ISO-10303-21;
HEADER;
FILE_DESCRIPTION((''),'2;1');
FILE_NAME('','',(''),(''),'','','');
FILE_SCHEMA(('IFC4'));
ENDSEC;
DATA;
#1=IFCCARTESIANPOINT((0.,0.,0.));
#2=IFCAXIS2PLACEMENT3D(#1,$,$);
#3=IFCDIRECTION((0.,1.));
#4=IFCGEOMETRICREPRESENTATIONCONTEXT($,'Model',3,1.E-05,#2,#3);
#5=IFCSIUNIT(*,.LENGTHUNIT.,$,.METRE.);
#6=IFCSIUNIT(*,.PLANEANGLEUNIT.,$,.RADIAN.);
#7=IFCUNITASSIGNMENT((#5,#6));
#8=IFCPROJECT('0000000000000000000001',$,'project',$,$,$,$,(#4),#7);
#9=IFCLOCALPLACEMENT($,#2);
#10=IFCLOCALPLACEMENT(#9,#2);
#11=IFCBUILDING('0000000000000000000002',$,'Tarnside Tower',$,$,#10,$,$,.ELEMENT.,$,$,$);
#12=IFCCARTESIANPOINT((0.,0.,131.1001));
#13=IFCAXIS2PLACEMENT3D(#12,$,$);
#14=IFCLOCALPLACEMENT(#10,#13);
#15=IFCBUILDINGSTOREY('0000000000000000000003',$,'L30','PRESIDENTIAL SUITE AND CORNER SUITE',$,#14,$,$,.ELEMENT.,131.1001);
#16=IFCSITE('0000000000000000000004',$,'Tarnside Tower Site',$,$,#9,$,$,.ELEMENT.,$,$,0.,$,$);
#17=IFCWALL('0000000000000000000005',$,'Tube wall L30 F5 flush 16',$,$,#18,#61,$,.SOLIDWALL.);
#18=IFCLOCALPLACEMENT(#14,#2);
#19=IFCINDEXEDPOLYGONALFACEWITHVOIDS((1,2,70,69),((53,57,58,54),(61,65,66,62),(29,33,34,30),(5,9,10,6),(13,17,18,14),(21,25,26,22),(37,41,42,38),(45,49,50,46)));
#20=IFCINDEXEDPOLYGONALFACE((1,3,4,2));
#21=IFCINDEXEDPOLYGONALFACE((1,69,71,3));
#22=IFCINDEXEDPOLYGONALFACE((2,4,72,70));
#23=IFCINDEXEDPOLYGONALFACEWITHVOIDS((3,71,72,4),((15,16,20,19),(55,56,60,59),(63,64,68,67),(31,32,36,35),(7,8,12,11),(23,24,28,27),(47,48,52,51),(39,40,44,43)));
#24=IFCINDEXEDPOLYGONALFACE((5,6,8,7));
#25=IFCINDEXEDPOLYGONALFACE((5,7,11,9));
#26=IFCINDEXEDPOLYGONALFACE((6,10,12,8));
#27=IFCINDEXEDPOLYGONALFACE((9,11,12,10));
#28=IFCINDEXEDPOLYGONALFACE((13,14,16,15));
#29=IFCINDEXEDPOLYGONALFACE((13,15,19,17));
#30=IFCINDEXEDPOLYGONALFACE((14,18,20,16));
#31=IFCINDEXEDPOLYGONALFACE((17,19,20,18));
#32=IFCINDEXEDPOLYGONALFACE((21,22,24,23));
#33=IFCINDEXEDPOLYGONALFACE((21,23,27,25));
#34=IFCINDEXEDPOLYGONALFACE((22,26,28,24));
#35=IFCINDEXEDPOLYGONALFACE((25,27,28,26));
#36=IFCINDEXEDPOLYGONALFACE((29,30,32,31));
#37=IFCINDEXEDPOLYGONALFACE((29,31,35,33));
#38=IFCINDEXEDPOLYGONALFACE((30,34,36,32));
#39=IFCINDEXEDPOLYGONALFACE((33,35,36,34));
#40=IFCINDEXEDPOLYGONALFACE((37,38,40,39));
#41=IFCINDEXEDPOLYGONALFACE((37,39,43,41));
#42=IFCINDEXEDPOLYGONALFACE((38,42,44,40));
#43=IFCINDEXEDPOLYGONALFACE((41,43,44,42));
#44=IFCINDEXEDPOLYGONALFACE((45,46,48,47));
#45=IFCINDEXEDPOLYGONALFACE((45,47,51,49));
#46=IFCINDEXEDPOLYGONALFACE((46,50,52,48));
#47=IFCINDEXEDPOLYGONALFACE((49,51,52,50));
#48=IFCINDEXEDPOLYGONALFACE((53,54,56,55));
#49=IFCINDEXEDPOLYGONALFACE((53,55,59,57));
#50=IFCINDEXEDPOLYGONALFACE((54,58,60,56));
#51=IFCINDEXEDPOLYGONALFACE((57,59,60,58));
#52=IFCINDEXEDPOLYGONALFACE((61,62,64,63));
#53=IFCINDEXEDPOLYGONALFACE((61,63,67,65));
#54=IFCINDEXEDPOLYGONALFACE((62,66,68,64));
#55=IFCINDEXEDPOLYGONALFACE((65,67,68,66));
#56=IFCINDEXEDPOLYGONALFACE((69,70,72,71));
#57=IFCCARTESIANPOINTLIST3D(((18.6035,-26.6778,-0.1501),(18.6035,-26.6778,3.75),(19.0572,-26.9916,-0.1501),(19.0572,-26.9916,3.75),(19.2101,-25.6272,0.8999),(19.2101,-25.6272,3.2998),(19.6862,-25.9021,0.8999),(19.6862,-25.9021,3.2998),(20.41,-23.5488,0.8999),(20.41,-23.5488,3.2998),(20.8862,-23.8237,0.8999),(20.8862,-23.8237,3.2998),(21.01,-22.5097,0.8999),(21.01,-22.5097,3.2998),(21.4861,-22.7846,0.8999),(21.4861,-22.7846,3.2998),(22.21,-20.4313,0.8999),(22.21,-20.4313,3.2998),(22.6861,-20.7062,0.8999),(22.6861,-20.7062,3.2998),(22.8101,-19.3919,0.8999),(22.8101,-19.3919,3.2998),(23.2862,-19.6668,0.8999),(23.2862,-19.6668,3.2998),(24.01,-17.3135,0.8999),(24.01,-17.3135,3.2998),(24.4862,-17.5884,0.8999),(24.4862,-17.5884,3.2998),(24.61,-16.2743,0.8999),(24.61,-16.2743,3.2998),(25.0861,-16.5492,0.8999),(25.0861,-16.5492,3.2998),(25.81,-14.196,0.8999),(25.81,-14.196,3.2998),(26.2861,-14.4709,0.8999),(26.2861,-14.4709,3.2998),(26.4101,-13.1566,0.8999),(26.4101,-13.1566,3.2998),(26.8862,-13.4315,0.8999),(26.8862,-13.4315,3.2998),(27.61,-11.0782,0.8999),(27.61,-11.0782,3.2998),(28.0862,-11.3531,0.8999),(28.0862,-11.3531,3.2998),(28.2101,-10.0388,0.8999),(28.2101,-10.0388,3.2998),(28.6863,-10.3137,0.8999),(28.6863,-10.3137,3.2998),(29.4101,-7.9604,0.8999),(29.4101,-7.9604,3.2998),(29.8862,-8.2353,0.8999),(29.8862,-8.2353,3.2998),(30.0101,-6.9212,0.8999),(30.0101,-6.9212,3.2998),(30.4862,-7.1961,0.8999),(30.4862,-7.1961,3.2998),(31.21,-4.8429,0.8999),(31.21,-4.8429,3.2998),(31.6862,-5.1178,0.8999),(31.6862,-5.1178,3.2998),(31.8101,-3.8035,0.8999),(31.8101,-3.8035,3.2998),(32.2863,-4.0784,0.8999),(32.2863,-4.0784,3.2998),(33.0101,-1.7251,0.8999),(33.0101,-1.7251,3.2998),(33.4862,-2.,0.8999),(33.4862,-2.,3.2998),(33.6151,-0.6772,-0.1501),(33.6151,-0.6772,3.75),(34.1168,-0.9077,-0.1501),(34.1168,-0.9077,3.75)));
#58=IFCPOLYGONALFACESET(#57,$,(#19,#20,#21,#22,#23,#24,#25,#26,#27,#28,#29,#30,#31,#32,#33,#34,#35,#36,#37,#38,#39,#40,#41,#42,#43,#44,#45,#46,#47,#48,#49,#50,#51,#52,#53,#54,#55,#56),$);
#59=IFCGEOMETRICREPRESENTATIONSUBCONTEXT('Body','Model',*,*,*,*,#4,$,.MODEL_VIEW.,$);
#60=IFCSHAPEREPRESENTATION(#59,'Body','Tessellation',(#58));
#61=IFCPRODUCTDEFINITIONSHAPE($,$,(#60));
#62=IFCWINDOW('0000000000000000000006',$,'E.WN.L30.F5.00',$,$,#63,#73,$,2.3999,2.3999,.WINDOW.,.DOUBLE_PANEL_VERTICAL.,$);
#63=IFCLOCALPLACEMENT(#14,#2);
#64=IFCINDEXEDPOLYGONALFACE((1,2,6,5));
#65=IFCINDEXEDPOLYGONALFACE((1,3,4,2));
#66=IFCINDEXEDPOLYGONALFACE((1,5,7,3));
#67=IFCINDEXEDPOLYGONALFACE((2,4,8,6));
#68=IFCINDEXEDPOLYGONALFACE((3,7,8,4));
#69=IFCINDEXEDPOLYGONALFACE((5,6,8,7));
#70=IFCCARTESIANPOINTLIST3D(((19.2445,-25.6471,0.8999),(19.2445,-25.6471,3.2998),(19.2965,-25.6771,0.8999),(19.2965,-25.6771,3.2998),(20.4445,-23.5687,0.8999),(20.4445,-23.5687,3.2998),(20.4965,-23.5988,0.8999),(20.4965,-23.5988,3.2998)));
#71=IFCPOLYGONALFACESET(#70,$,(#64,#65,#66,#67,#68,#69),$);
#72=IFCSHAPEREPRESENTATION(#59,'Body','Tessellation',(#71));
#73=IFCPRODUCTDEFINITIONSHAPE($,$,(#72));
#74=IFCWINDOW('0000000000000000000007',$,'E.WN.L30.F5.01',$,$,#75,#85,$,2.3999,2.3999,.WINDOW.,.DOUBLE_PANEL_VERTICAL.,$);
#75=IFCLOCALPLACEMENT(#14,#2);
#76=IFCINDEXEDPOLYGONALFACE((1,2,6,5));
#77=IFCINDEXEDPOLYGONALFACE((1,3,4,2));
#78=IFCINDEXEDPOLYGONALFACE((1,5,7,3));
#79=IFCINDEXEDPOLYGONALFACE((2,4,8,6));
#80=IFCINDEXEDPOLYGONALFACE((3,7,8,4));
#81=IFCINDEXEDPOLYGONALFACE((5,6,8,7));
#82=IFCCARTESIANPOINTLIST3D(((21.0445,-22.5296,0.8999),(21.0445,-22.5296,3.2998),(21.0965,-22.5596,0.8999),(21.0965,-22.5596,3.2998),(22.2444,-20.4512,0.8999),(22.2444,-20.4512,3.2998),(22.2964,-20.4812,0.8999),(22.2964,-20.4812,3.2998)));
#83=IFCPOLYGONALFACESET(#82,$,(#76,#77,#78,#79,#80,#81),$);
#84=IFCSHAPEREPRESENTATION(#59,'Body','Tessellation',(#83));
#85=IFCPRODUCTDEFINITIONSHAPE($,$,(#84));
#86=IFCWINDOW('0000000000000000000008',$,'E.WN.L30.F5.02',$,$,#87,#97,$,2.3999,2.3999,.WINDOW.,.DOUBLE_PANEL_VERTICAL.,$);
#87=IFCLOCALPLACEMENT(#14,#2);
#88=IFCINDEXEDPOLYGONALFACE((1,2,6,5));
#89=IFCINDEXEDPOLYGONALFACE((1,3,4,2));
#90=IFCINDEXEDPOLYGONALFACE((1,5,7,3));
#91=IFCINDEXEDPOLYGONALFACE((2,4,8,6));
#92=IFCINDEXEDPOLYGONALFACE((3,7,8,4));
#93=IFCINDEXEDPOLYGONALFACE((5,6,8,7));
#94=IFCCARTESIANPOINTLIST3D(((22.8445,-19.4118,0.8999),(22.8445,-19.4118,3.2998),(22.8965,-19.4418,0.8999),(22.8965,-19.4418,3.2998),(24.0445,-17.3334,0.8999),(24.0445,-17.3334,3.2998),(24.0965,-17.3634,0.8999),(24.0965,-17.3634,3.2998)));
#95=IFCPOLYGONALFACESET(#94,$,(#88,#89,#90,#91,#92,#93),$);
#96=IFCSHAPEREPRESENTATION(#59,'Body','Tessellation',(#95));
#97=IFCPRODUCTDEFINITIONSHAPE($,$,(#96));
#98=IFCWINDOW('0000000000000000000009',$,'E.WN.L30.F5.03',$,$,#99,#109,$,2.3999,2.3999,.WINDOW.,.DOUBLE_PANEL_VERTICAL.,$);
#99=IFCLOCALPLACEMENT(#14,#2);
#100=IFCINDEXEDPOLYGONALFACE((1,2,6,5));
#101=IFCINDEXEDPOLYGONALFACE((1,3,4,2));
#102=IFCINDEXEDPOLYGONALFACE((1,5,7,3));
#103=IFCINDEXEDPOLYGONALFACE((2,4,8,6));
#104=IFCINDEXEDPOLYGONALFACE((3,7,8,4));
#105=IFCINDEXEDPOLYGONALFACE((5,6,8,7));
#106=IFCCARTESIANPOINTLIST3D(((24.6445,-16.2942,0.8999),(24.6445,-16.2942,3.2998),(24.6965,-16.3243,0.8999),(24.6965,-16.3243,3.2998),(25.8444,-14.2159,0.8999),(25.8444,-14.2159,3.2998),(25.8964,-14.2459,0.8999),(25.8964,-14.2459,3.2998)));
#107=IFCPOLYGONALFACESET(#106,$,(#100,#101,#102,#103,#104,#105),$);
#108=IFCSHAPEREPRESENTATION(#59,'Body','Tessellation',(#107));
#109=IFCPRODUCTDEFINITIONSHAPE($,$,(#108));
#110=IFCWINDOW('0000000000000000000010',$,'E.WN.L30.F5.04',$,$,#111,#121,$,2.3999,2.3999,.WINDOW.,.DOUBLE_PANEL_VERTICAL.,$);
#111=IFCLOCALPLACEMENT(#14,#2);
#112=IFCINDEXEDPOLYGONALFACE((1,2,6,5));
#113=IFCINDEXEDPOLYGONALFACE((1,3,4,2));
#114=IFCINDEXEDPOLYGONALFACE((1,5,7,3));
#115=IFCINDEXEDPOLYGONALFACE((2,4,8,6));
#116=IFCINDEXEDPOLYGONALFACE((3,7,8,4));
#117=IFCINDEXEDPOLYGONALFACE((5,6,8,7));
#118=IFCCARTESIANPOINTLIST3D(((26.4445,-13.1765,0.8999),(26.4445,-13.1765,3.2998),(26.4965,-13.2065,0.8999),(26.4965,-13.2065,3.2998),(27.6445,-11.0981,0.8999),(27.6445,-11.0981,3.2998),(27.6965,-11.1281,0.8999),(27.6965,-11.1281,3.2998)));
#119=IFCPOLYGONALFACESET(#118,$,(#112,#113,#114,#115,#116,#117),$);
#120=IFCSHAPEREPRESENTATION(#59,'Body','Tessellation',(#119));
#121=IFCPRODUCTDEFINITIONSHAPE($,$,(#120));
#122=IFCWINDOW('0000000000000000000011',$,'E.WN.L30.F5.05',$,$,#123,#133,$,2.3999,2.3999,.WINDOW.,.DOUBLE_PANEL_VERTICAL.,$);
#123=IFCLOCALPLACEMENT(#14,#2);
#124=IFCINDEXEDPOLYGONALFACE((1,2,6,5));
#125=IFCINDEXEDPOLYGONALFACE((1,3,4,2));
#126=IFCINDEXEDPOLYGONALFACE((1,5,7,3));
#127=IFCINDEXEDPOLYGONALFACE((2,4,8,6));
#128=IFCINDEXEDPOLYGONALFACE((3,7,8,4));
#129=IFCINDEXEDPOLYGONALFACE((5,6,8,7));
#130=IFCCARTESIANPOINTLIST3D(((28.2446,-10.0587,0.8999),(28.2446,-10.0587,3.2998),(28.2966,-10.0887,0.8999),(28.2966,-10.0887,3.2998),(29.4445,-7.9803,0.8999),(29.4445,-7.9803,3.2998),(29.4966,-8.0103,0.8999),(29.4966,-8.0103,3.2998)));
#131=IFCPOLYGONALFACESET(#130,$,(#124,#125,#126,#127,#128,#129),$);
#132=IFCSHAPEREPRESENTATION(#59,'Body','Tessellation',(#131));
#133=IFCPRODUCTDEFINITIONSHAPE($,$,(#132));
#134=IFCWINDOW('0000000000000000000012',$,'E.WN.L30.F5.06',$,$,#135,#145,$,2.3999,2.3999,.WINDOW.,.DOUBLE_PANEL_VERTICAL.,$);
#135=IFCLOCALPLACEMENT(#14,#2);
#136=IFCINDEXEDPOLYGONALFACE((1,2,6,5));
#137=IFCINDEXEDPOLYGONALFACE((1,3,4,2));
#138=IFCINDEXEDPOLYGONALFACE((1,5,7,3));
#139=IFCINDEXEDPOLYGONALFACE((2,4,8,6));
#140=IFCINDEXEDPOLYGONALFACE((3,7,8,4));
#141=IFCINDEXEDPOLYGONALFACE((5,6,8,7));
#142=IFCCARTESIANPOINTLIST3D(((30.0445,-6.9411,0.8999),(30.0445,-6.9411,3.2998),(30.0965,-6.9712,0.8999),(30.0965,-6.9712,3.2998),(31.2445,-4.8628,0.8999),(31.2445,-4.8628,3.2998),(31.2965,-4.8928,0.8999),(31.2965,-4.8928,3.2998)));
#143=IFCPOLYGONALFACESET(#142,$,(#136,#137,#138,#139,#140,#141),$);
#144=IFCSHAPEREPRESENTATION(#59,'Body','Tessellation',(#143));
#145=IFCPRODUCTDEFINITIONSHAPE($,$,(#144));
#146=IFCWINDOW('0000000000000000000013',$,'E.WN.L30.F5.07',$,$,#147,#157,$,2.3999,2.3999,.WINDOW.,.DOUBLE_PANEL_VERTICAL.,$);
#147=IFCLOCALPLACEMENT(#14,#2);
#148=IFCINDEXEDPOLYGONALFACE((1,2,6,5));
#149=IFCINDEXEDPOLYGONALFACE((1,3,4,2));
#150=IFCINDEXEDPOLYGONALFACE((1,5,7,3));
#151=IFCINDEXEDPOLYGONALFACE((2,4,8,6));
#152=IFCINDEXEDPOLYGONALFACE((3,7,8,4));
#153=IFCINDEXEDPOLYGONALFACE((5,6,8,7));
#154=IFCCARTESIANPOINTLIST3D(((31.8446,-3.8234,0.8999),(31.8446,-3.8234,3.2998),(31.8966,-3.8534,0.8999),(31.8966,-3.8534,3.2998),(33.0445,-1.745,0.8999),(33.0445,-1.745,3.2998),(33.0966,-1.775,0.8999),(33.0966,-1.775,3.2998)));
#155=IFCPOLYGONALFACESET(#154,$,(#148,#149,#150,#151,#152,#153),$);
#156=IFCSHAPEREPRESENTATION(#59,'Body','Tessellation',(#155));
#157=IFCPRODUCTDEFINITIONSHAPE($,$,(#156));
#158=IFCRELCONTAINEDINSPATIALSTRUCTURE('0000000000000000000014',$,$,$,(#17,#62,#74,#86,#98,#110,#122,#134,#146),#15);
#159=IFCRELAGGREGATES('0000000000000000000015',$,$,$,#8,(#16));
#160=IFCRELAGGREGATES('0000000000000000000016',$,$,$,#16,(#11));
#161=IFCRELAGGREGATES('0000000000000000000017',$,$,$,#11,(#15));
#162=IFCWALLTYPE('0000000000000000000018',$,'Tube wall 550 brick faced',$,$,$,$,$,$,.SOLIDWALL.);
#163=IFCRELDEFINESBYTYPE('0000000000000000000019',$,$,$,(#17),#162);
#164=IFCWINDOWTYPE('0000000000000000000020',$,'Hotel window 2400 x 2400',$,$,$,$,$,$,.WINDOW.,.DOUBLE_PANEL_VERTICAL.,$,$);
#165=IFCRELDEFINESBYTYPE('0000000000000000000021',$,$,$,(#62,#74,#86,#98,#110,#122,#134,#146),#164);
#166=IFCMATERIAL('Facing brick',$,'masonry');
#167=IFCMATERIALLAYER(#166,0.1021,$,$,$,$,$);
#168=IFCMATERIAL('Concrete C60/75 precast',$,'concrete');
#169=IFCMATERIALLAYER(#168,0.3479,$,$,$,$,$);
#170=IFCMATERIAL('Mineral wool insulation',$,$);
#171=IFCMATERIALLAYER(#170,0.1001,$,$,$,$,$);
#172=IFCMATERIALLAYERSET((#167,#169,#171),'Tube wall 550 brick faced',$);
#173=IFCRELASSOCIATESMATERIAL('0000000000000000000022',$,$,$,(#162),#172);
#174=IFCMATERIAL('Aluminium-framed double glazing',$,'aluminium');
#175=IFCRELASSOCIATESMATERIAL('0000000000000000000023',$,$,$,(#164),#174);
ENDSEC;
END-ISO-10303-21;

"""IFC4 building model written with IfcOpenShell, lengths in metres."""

from ifc_helpers import new_model, si_unit, direction, frame, frame_2d, origin, place, context, subcontext, project, spatial, polyline, rectangle, outline, extrude, material, layer, layer_set, type_object, element, fill, save


model = new_model("IFC4")

# Units and contexts
model_context = context("Model", 3, precision=1e-05, world=origin(), true_north=direction((0.0, 1.0)))
body_context = subcontext(model_context, "Body", "Model", "MODEL_VIEW")
ifc_project = project(units=[si_unit("LENGTHUNIT", "METRE"), si_unit("PLANEANGLEUNIT", "RADIAN")], contexts=[model_context])

# Site, building, storey
site_placement = place(None, origin())
site = spatial("IfcSite", under=ifc_project, at=site_placement, Name="Tarnside Tower Site", CompositionType="ELEMENT", RefElevation=0.0)
building_placement = place(site_placement, origin())
building = spatial("IfcBuilding", under=site, at=building_placement, Name="Tarnside Tower", CompositionType="ELEMENT")
storey_placement = place(building_placement, frame((0.0, 0.0, 131.1001)))
storey = spatial("IfcBuildingStorey", under=building, at=storey_placement, Name="L30", Description="PRESIDENTIAL SUITE AND CORNER SUITE", CompositionType="ELEMENT", Elevation=131.1001)

# Shared definitions
ifc_material_1 = material(Name="Facing brick", Category="masonry")
ifc_layer_1 = layer(ifc_material_1, 0.1021)
ifc_material_2 = material(Name="Concrete C60/75 precast", Category="concrete")
ifc_layer_2 = layer(ifc_material_2, 0.3479)
ifc_material_3 = material(Name="Mineral wool insulation")
ifc_layer_3 = layer(ifc_material_3, 0.1001)
ifc_layer_set_1 = layer_set([ifc_layer_1, ifc_layer_2, ifc_layer_3], Name="Tube wall 550 brick faced")
wall_type_1 = type_object("IfcWallType", Name="Tube wall 550 brick faced", PredefinedType="SOLIDWALL", material=ifc_layer_set_1)

# Wall, openings, windows
wall_1_placement = place(storey_placement, frame((18.8303, -26.8347, -0.1501), z_axis=(0.0, 0.0, 1.0), x_axis=(0.500004, 0.866023, 0.0)))
wall_1 = element("IfcWall", 1, at=wall_1_placement, inside=storey, type_object=wall_type_1, Name="Tube wall L30 F5 flush 16", PredefinedType="SOLIDWALL", context=body_context, shape_type="SweptSolid", body=[
    extrude(outline(polyline([(-0.0225, -0.2749), (30.0967, -0.2749), (30.0454, 0.2749), (0.0225, 0.2749), (-0.0225, -0.2749)])), origin(), (0.0, 0.0, 1.0), 3.9001),
])
opening_1_placement = place(wall_1_placement, frame((1.2356, 0.0, 1.05)))
opening_1 = element("IfcOpeningElement", 2, at=opening_1_placement, cuts=wall_1, PredefinedType="OPENING", context=body_context, shape_type="SweptSolid", body=[
    extrude(rectangle(XDim=2.3999, YDim=2.3999, at=frame_2d((1.2, 1.2))), frame((0.0, 0.2852, 0.0), z_axis=(0.0, -1.0, 0.0), x_axis=(1.0, 0.0, 0.0)), (0.0, 0.0, 1.0), 0.5701),
])
opening_2_placement = place(wall_1_placement, frame((4.8354, 0.0, 1.05)))
opening_2 = element("IfcOpeningElement", 3, at=opening_2_placement, cuts=wall_1, PredefinedType="OPENING", context=body_context, shape_type="SweptSolid", body=[
    extrude(rectangle(XDim=2.3999, YDim=2.3999, at=frame_2d((1.2, 1.2))), frame((0.0, 0.2852, 0.0), z_axis=(0.0, -1.0, 0.0), x_axis=(1.0, 0.0, 0.0)), (0.0, 0.0, 1.0), 0.5701),
])
opening_3_placement = place(wall_1_placement, frame((8.4355, 0.0, 1.05)))
opening_3 = element("IfcOpeningElement", 4, at=opening_3_placement, cuts=wall_1, PredefinedType="OPENING", context=body_context, shape_type="SweptSolid", body=[
    extrude(rectangle(XDim=2.3999, YDim=2.3999, at=frame_2d((1.2, 1.2))), frame((0.0, 0.2852, 0.0), z_axis=(0.0, -1.0, 0.0), x_axis=(1.0, 0.0, 0.0)), (0.0, 0.0, 1.0), 0.5701),
])
opening_4_placement = place(wall_1_placement, frame((12.0354, 0.0, 1.05)))
opening_4 = element("IfcOpeningElement", 5, at=opening_4_placement, cuts=wall_1, PredefinedType="OPENING", context=body_context, shape_type="SweptSolid", body=[
    extrude(rectangle(XDim=2.3999, YDim=2.3999, at=frame_2d((1.2, 1.2))), frame((0.0, 0.2852, 0.0), z_axis=(0.0, -1.0, 0.0), x_axis=(1.0, 0.0, 0.0)), (0.0, 0.0, 1.0), 0.5701),
])
opening_5_placement = place(wall_1_placement, frame((15.6355, 0.0, 1.05)))
opening_5 = element("IfcOpeningElement", 6, at=opening_5_placement, cuts=wall_1, PredefinedType="OPENING", context=body_context, shape_type="SweptSolid", body=[
    extrude(rectangle(XDim=2.3999, YDim=2.3999, at=frame_2d((1.2, 1.2))), frame((0.0, 0.2852, 0.0), z_axis=(0.0, -1.0, 0.0), x_axis=(1.0, 0.0, 0.0)), (0.0, 0.0, 1.0), 0.5701),
])
opening_6_placement = place(wall_1_placement, frame((19.2356, 0.0, 1.05)))
opening_6 = element("IfcOpeningElement", 7, at=opening_6_placement, cuts=wall_1, PredefinedType="OPENING", context=body_context, shape_type="SweptSolid", body=[
    extrude(rectangle(XDim=2.3999, YDim=2.3999, at=frame_2d((1.2, 1.2))), frame((0.0, 0.2852, 0.0), z_axis=(0.0, -1.0, 0.0), x_axis=(1.0, 0.0, 0.0)), (0.0, 0.0, 1.0), 0.5701),
])
opening_7_placement = place(wall_1_placement, frame((22.8354, 0.0, 1.05)))
opening_7 = element("IfcOpeningElement", 8, at=opening_7_placement, cuts=wall_1, PredefinedType="OPENING", context=body_context, shape_type="SweptSolid", body=[
    extrude(rectangle(XDim=2.3999, YDim=2.3999, at=frame_2d((1.2, 1.2))), frame((0.0, 0.2852, 0.0), z_axis=(0.0, -1.0, 0.0), x_axis=(1.0, 0.0, 0.0)), (0.0, 0.0, 1.0), 0.5701),
])
opening_8_placement = place(wall_1_placement, frame((26.4355, 0.0, 1.05)))
opening_8 = element("IfcOpeningElement", 9, at=opening_8_placement, cuts=wall_1, PredefinedType="OPENING", context=body_context, shape_type="SweptSolid", body=[
    extrude(rectangle(XDim=2.3999, YDim=2.3999, at=frame_2d((1.2, 1.2))), frame((0.0, 0.2852, 0.0), z_axis=(0.0, -1.0, 0.0), x_axis=(1.0, 0.0, 0.0)), (0.0, 0.0, 1.0), 0.5701),
])
ifc_material_4 = material(Name="Aluminium-framed double glazing", Category="aluminium")
window_type = type_object("IfcWindowType", Name="Hotel window 2400 x 2400", PartitioningType="DOUBLE_PANEL_VERTICAL", PredefinedType="WINDOW", material=ifc_material_4)
window_1_placement = place(opening_1_placement, frame((0.0, 0.2051, 0.0)))
window_1 = element("IfcWindow", 10, at=window_1_placement, inside=storey, type_object=window_type, Name="E.WN.L30.F5.00", OverallHeight=2.3999, OverallWidth=2.3999, PartitioningType="DOUBLE_PANEL_VERTICAL", PredefinedType="WINDOW", context=body_context, shape_type="SweptSolid", body=[
    extrude(rectangle(XDim=2.3999, YDim=2.3999, at=frame_2d((1.2, 1.2))), frame((0.0, 0.03, 0.0), z_axis=(0.0, -1.0, 0.0), x_axis=(1.0, 0.0, 0.0)), (0.0, 0.0, 1.0), 0.0601),
])
fill(opening_1, window_1)
window_2_placement = place(opening_2_placement, frame((0.0, 0.2051, 0.0)))
window_2 = element("IfcWindow", 11, at=window_2_placement, inside=storey, type_object=window_type, Name="E.WN.L30.F5.01", OverallHeight=2.3999, OverallWidth=2.3999, PartitioningType="DOUBLE_PANEL_VERTICAL", PredefinedType="WINDOW", context=body_context, shape_type="SweptSolid", body=[
    extrude(rectangle(XDim=2.3999, YDim=2.3999, at=frame_2d((1.2, 1.2))), frame((0.0, 0.03, 0.0), z_axis=(0.0, -1.0, 0.0), x_axis=(1.0, 0.0, 0.0)), (0.0, 0.0, 1.0), 0.0601),
])
fill(opening_2, window_2)
window_3_placement = place(opening_3_placement, frame((0.0, 0.2051, 0.0)))
window_3 = element("IfcWindow", 12, at=window_3_placement, inside=storey, type_object=window_type, Name="E.WN.L30.F5.02", OverallHeight=2.3999, OverallWidth=2.3999, PartitioningType="DOUBLE_PANEL_VERTICAL", PredefinedType="WINDOW", context=body_context, shape_type="SweptSolid", body=[
    extrude(rectangle(XDim=2.3999, YDim=2.3999, at=frame_2d((1.2, 1.2))), frame((0.0, 0.03, 0.0), z_axis=(0.0, -1.0, 0.0), x_axis=(1.0, 0.0, 0.0)), (0.0, 0.0, 1.0), 0.0601),
])
fill(opening_3, window_3)
window_4_placement = place(opening_4_placement, frame((0.0, 0.2051, 0.0)))
window_4 = element("IfcWindow", 13, at=window_4_placement, inside=storey, type_object=window_type, Name="E.WN.L30.F5.03", OverallHeight=2.3999, OverallWidth=2.3999, PartitioningType="DOUBLE_PANEL_VERTICAL", PredefinedType="WINDOW", context=body_context, shape_type="SweptSolid", body=[
    extrude(rectangle(XDim=2.3999, YDim=2.3999, at=frame_2d((1.2, 1.2))), frame((0.0, 0.03, 0.0), z_axis=(0.0, -1.0, 0.0), x_axis=(1.0, 0.0, 0.0)), (0.0, 0.0, 1.0), 0.0601),
])
fill(opening_4, window_4)
window_5_placement = place(opening_5_placement, frame((0.0, 0.2051, 0.0)))
window_5 = element("IfcWindow", 14, at=window_5_placement, inside=storey, type_object=window_type, Name="E.WN.L30.F5.04", OverallHeight=2.3999, OverallWidth=2.3999, PartitioningType="DOUBLE_PANEL_VERTICAL", PredefinedType="WINDOW", context=body_context, shape_type="SweptSolid", body=[
    extrude(rectangle(XDim=2.3999, YDim=2.3999, at=frame_2d((1.2, 1.2))), frame((0.0, 0.03, 0.0), z_axis=(0.0, -1.0, 0.0), x_axis=(1.0, 0.0, 0.0)), (0.0, 0.0, 1.0), 0.0601),
])
fill(opening_5, window_5)
window_6_placement = place(opening_6_placement, frame((0.0, 0.2051, 0.0)))
window_6 = element("IfcWindow", 15, at=window_6_placement, inside=storey, type_object=window_type, Name="E.WN.L30.F5.05", OverallHeight=2.3999, OverallWidth=2.3999, PartitioningType="DOUBLE_PANEL_VERTICAL", PredefinedType="WINDOW", context=body_context, shape_type="SweptSolid", body=[
    extrude(rectangle(XDim=2.3999, YDim=2.3999, at=frame_2d((1.2, 1.2))), frame((0.0, 0.03, 0.0), z_axis=(0.0, -1.0, 0.0), x_axis=(1.0, 0.0, 0.0)), (0.0, 0.0, 1.0), 0.0601),
])
fill(opening_6, window_6)
window_7_placement = place(opening_7_placement, frame((0.0, 0.2051, 0.0)))
window_7 = element("IfcWindow", 16, at=window_7_placement, inside=storey, type_object=window_type, Name="E.WN.L30.F5.06", OverallHeight=2.3999, OverallWidth=2.3999, PartitioningType="DOUBLE_PANEL_VERTICAL", PredefinedType="WINDOW", context=body_context, shape_type="SweptSolid", body=[
    extrude(rectangle(XDim=2.3999, YDim=2.3999, at=frame_2d((1.2, 1.2))), frame((0.0, 0.03, 0.0), z_axis=(0.0, -1.0, 0.0), x_axis=(1.0, 0.0, 0.0)), (0.0, 0.0, 1.0), 0.0601),
])
fill(opening_7, window_7)
window_8_placement = place(opening_8_placement, frame((0.0, 0.2051, 0.0)))
window_8 = element("IfcWindow", 17, at=window_8_placement, inside=storey, type_object=window_type, Name="E.WN.L30.F5.07", OverallHeight=2.3999, OverallWidth=2.3999, PartitioningType="DOUBLE_PANEL_VERTICAL", PredefinedType="WINDOW", context=body_context, shape_type="SweptSolid", body=[
    extrude(rectangle(XDim=2.3999, YDim=2.3999, at=frame_2d((1.2, 1.2))), frame((0.0, 0.03, 0.0), z_axis=(0.0, -1.0, 0.0), x_axis=(1.0, 0.0, 0.0)), (0.0, 0.0, 1.0), 0.0601),
])
fill(opening_8, window_8)

save(model, "model.ifc")
